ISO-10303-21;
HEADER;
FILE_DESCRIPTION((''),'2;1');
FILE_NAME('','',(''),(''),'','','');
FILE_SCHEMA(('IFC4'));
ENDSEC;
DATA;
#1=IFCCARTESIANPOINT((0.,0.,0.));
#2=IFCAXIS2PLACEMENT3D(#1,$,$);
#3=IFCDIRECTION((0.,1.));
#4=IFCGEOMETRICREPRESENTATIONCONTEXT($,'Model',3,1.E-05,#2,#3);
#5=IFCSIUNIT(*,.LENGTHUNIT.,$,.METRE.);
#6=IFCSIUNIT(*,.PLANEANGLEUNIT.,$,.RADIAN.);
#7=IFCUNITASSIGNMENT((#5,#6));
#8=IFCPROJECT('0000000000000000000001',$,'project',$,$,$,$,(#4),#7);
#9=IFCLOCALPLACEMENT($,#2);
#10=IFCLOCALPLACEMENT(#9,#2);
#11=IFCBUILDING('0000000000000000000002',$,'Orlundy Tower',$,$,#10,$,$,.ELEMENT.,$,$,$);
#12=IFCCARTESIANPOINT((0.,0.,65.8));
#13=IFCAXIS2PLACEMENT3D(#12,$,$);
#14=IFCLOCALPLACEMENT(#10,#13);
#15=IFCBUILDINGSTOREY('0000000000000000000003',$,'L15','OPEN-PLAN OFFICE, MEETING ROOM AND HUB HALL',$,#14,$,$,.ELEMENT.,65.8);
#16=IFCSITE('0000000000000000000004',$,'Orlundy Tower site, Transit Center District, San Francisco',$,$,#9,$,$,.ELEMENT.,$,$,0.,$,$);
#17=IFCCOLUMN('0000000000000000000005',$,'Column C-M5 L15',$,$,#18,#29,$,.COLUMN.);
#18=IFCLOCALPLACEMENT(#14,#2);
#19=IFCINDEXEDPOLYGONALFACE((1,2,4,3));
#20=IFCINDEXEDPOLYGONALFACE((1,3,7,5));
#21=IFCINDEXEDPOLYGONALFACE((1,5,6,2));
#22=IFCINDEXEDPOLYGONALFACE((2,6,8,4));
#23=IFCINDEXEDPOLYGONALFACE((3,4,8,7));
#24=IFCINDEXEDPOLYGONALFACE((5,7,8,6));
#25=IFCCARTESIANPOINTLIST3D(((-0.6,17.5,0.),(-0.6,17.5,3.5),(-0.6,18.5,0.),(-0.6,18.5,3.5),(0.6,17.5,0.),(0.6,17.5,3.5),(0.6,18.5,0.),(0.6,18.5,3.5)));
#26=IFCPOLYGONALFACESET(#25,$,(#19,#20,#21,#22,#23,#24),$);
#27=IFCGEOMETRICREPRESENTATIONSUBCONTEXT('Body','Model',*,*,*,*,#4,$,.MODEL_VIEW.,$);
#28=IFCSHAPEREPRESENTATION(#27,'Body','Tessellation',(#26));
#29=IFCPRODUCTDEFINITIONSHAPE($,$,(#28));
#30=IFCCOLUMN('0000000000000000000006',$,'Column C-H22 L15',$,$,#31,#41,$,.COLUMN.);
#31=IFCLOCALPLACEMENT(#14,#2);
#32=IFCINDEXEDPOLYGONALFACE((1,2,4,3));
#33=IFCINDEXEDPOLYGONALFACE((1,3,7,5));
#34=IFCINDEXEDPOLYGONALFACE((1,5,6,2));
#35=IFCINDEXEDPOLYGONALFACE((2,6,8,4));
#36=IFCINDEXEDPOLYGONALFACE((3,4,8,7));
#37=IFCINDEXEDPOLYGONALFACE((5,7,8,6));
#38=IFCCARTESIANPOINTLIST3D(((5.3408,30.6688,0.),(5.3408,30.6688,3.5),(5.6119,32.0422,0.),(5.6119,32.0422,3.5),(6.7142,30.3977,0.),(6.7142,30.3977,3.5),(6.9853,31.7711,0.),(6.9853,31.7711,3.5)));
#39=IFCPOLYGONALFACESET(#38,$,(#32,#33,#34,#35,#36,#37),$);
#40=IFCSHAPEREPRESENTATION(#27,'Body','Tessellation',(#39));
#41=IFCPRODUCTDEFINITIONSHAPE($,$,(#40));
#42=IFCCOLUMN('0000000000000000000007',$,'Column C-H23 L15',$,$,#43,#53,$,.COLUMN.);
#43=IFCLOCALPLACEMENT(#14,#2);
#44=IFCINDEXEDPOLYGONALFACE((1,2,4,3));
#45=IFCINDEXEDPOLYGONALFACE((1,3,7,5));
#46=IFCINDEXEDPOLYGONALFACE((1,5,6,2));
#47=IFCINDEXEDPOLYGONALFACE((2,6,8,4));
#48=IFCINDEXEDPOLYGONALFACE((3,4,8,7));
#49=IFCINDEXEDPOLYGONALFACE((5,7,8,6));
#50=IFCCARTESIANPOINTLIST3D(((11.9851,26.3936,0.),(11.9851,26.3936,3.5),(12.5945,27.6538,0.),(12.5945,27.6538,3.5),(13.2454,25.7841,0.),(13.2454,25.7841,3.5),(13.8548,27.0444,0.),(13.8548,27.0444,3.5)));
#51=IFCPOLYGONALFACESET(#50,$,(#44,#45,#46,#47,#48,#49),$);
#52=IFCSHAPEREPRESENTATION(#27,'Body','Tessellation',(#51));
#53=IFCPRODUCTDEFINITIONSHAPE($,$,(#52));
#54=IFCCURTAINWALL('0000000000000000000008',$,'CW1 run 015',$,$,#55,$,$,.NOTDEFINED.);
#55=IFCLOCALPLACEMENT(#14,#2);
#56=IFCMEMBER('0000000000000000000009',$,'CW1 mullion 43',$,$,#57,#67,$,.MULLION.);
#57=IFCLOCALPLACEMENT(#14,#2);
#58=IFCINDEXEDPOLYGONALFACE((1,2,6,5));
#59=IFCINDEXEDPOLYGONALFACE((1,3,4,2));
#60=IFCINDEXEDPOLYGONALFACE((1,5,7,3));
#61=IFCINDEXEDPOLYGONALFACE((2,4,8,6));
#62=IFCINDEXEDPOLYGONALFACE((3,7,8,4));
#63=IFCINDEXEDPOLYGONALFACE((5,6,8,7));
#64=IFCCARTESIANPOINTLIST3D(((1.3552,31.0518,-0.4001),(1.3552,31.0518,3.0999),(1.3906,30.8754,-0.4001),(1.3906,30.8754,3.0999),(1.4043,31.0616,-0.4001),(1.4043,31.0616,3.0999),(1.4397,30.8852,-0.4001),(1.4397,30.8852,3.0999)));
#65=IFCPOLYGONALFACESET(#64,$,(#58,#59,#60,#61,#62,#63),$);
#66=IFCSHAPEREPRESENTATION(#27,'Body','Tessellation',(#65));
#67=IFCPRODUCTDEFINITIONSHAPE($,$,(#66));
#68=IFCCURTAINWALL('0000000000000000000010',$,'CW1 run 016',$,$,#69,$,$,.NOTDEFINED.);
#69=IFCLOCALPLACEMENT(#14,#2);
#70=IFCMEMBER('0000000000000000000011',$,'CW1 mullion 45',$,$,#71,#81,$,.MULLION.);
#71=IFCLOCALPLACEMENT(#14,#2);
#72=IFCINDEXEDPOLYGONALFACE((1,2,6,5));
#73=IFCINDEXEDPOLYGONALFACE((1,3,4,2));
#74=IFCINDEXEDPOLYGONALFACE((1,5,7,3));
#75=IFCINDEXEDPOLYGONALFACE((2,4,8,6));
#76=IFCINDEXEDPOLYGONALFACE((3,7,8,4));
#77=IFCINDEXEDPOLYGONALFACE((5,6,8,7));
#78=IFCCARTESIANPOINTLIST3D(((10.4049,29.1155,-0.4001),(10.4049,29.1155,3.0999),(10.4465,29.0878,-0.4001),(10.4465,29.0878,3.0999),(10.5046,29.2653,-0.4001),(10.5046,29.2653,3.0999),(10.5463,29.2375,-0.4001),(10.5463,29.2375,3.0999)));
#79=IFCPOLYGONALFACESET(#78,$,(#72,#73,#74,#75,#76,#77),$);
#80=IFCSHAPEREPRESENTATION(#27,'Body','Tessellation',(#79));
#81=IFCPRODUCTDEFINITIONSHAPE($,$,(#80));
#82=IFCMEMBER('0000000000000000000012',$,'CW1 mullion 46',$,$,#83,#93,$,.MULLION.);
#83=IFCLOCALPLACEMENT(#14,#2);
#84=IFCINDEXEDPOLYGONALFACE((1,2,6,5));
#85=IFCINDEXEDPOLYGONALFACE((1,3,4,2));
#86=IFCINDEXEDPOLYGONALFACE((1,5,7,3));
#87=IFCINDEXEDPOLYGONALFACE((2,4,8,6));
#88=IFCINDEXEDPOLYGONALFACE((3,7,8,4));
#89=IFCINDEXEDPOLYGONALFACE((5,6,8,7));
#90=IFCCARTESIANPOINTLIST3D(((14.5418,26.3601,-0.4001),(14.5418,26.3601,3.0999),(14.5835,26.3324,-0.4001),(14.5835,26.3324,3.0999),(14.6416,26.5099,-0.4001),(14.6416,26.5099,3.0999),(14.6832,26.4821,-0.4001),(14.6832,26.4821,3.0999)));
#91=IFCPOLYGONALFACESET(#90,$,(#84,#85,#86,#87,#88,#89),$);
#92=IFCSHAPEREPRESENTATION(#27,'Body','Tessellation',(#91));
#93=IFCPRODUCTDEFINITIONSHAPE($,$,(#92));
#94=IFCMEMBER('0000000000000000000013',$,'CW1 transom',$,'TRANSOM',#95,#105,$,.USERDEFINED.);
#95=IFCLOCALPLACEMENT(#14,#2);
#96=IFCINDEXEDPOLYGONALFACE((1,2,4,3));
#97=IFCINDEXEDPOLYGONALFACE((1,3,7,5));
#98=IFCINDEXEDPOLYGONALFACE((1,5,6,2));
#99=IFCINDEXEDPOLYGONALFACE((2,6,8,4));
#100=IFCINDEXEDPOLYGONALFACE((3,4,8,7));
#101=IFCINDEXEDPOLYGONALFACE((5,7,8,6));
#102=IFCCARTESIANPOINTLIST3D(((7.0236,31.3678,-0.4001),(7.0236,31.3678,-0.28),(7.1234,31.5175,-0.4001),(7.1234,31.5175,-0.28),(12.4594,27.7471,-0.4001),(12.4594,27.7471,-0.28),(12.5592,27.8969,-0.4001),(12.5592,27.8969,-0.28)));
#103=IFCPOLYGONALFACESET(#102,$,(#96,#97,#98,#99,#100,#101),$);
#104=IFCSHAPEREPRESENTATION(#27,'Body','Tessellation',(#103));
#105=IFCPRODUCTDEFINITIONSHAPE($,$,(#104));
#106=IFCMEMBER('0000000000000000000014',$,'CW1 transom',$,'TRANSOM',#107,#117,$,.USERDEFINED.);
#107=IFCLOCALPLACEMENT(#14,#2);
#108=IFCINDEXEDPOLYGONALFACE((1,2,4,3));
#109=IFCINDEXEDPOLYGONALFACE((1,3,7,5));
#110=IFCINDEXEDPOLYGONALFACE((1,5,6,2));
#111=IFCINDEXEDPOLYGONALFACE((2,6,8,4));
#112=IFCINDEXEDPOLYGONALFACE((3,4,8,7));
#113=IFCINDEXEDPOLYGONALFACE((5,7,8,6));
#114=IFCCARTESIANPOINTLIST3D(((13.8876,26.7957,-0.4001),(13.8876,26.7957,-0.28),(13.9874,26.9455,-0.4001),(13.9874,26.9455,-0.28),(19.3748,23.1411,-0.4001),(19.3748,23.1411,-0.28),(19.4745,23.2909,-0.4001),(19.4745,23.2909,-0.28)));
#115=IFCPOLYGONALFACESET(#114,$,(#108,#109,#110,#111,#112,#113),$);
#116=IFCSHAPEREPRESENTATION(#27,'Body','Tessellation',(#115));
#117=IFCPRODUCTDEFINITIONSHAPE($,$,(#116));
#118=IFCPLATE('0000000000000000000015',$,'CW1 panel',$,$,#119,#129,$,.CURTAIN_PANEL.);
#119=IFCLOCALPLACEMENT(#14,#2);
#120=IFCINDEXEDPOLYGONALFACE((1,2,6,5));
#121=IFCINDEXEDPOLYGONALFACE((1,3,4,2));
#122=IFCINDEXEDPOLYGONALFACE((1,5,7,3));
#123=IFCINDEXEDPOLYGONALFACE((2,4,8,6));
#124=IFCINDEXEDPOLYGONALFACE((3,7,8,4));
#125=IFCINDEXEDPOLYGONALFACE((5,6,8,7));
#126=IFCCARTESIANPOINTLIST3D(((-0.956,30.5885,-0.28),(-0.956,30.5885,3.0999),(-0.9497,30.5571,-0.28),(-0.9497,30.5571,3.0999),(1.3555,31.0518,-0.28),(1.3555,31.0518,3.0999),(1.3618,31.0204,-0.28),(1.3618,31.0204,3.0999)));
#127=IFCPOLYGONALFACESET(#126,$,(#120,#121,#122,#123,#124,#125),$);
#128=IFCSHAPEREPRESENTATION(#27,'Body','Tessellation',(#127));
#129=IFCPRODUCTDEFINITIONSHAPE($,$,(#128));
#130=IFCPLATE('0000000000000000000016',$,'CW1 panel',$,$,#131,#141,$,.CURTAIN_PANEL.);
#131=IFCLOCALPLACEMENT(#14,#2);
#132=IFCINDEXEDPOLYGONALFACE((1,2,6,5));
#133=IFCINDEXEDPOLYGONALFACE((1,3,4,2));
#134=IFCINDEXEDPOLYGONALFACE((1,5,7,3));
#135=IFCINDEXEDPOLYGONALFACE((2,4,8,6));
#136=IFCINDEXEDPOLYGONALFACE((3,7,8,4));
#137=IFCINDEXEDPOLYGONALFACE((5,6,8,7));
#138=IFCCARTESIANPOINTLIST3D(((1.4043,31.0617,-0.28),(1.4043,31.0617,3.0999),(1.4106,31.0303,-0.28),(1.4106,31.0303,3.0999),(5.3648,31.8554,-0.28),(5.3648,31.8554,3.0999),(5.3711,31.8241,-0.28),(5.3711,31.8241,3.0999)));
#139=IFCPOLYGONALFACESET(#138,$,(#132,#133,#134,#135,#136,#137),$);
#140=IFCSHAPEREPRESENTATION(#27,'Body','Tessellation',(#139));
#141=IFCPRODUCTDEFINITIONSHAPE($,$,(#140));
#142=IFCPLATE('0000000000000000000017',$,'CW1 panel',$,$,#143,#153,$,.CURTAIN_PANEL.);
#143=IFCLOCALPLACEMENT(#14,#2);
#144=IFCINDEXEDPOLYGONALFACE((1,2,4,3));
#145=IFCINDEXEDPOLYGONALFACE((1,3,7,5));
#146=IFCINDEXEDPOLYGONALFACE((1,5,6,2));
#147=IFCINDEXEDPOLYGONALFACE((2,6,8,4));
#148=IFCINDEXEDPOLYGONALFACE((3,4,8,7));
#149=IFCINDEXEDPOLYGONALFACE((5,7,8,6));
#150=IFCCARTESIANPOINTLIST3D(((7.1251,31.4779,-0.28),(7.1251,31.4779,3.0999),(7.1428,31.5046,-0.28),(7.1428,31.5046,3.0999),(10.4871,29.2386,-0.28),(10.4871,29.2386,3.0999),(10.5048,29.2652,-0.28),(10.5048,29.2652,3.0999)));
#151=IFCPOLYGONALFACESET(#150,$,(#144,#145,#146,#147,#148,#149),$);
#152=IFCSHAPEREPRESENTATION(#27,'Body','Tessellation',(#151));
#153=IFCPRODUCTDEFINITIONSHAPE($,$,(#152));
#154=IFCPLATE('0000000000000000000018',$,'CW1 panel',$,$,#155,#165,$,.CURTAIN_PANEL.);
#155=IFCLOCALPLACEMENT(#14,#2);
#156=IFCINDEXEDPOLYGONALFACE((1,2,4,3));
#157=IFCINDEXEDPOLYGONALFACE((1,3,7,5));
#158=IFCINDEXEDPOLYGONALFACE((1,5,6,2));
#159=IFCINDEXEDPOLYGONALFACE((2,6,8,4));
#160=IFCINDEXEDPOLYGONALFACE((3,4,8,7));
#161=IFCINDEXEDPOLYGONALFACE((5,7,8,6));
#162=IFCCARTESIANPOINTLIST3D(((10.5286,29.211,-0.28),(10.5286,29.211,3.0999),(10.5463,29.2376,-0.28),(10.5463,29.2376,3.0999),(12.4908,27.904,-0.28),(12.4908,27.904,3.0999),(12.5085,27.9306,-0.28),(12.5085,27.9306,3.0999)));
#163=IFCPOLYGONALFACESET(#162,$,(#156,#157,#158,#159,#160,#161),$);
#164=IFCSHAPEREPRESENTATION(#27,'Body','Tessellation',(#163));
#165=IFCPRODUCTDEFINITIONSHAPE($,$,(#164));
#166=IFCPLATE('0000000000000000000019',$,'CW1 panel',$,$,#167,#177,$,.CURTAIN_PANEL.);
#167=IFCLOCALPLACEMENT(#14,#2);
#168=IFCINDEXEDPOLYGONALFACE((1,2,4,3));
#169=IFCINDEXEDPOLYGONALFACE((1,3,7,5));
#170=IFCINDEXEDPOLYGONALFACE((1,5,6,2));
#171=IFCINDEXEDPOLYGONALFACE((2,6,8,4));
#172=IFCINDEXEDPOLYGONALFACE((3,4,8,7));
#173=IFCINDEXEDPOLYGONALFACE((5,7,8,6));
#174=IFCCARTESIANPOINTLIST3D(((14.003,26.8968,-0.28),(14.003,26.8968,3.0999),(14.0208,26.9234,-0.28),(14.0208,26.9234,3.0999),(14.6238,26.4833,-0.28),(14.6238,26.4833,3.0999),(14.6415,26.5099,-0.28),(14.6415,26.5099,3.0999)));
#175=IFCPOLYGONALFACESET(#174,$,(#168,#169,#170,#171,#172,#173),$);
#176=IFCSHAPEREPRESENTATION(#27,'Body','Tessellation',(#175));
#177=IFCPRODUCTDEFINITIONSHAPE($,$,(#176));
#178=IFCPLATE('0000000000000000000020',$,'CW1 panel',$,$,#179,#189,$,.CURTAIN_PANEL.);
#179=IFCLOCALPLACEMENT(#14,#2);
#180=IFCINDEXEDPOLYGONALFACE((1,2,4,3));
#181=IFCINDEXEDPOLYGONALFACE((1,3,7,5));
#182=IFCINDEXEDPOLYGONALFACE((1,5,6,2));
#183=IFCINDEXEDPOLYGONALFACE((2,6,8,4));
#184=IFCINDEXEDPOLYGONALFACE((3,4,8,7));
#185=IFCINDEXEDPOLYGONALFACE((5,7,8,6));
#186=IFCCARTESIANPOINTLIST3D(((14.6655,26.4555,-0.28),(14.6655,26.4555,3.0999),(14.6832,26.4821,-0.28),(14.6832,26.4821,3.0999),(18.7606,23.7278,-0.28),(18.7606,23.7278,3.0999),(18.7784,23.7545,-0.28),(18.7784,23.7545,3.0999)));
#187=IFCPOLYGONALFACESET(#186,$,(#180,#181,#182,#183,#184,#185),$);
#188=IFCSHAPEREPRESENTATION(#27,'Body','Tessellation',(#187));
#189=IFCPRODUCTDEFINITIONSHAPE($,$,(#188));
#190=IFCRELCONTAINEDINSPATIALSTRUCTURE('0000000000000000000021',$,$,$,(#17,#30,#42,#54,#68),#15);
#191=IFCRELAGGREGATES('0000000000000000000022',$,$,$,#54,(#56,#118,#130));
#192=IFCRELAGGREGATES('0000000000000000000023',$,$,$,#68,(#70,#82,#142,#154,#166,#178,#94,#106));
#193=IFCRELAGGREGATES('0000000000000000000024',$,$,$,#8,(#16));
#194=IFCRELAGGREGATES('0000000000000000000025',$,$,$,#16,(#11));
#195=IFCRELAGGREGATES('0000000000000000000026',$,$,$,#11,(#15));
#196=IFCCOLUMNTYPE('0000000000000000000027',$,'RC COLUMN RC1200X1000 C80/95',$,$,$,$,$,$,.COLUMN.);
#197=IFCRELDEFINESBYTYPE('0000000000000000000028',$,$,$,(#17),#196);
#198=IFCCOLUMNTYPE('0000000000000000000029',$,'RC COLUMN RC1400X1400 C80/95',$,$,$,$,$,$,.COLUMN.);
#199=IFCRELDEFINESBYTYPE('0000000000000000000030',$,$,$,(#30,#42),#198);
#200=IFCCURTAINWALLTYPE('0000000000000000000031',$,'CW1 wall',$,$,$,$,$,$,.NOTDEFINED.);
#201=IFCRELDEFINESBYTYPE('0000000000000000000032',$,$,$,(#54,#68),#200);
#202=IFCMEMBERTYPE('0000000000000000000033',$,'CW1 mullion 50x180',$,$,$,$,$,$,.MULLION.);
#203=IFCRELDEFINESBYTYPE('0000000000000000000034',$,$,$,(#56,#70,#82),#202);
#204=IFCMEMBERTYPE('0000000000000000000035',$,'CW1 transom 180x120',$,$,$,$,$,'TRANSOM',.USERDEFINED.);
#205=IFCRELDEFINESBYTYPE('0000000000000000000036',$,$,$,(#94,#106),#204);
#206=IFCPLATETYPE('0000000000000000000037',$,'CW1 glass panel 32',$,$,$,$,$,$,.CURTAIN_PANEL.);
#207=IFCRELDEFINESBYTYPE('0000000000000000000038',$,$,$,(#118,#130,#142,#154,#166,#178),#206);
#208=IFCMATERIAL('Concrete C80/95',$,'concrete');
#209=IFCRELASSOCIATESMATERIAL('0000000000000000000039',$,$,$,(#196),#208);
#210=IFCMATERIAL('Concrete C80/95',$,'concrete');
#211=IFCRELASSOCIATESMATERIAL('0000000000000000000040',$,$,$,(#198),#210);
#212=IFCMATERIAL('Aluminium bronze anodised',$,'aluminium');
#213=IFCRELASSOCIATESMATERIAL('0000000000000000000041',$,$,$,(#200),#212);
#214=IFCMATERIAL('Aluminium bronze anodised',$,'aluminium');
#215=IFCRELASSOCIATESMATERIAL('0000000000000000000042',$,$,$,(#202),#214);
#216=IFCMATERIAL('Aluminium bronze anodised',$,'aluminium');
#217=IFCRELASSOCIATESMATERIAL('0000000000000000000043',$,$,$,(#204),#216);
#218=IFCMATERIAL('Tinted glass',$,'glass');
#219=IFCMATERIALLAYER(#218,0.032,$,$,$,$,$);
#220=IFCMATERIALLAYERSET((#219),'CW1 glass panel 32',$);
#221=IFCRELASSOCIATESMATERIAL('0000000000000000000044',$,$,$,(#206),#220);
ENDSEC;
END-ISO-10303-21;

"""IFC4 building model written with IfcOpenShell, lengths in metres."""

from ifc_helpers import new_model, si_unit, direction, frame, origin, origin_2d, place, context, subcontext, project, spatial, rectangle, extrude, material, layer, layer_set, material_profile, profile_set, type_object, element, aggregate, save


model = new_model("IFC4")

# Units and contexts
model_context = context("Model", 3, precision=1e-05, world=origin(), true_north=direction((0.0, 1.0)))
body_context = subcontext(model_context, "Body", "Model", "MODEL_VIEW")
ifc_project = project(units=[si_unit("LENGTHUNIT", "METRE"), si_unit("PLANEANGLEUNIT", "RADIAN")], contexts=[model_context])

# Site, building, storey
site_placement = place(None, origin())
site = spatial("IfcSite", under=ifc_project, at=site_placement, Name="Orlundy Tower site, Transit Center District, San Francisco", CompositionType="ELEMENT", RefElevation=0.0)
building_placement = place(site_placement, origin())
building = spatial("IfcBuilding", under=site, at=building_placement, Name="Orlundy Tower", CompositionType="ELEMENT")
storey_placement = place(building_placement, frame((0.0, 0.0, 65.8)))
storey = spatial("IfcBuildingStorey", under=building, at=storey_placement, Name="L15", Description="OPEN-PLAN OFFICE, MEETING ROOM AND HUB HALL", CompositionType="ELEMENT", Elevation=65.8)

# Columns
ifc_material_1 = material(Name="Concrete C80/95", Category="concrete")
ifc_material_profile_1 = material_profile(ifc_material_1, rectangle(XDim=1.2, YDim=1.0, at=origin_2d()), Name="RC1200X1000")
ifc_profile_set_1 = profile_set([ifc_material_profile_1], Name="Concrete C80/95")
column_type_1 = type_object("IfcColumnType", Name="RC COLUMN RC1200X1000 C80/95", PredefinedType="COLUMN", material=ifc_profile_set_1)
column_placement = place(storey_placement, frame((0.0, 18.0, 0.0), z_axis=(0.0, 0.0, 1.0), x_axis=(1.0, 0.0, 0.0)))
element("IfcColumn", 1, at=column_placement, inside=storey, type_object=column_type_1, Name="Column C-M5 L15", PredefinedType="COLUMN", context=body_context, shape_type="SweptSolid", body=[
    extrude(rectangle(XDim=1.2, YDim=1.0, at=origin_2d()), origin(), (0.0, 0.0, 1.0), 3.5),
])
ifc_material_2 = material(Name="Concrete C80/95", Category="concrete")
ifc_material_profile_2 = material_profile(ifc_material_2, rectangle(XDim=1.3999, YDim=1.3999, at=origin_2d()), Name="RC1400X1400")
ifc_profile_set_2 = profile_set([ifc_material_profile_2], Name="Concrete C80/95")
column_type_2 = type_object("IfcColumnType", Name="RC COLUMN RC1400X1400 C80/95", PredefinedType="COLUMN", material=ifc_profile_set_2)
for number, where, z_axis, x_axis, name in (
    (2, (6.1631, 31.22, 0.0), (0.0, 0.0, 1.0), (0.193669, 0.981067, 0.0), "Column C-H22 L15"),
    (3, (12.9199, 26.719, 0.0), (0.0, 0.0, 1.0), (0.435325, 0.900273, 0.0), "Column C-H23 L15"),
):
    element("IfcColumn", number, at=place(storey_placement, frame(where, z_axis=z_axis, x_axis=x_axis)), inside=storey, type_object=column_type_2, Name=name, PredefinedType="COLUMN", context=body_context, shape_type="SweptSolid", body=[
        extrude(rectangle(XDim=1.3999, YDim=1.3999, at=origin_2d()), origin(), (0.0, 0.0, 1.0), 3.5),
    ])

# Curtain wall, member
ifc_material_3 = material(Name="Aluminium bronze anodised", Category="aluminium")
curtain_wall_type = type_object("IfcCurtainWallType", Name="CW1 wall", PredefinedType="NOTDEFINED", material=ifc_material_3)
curtain_wall_1_placement = place(storey_placement, origin())
curtain_wall_1 = element("IfcCurtainWall", 4, at=curtain_wall_1_placement, inside=storey, type_object=curtain_wall_type, Name="CW1 run 015", PredefinedType="NOTDEFINED")
ifc_material_4 = material(Name="Aluminium bronze anodised", Category="aluminium")
ifc_material_profile_3 = material_profile(ifc_material_4, rectangle(XDim=0.1799, YDim=0.05, at=origin_2d()), Name="CW1 mullion 50x180")
ifc_profile_set_3 = profile_set([ifc_material_profile_3], Name="Aluminium bronze anodised")
member_type_1 = type_object("IfcMemberType", Name="CW1 mullion 50x180", PredefinedType="MULLION", material=ifc_profile_set_3)
member_1_placement = place(storey_placement, frame((1.3975, 30.9685, -0.4001), z_axis=(0.0, 0.0, 1.0), x_axis=(-0.196511, 0.980502, 0.0)))
member_1 = element("IfcMember", 5, at=member_1_placement, type_object=member_type_1, Name="CW1 mullion 43", PredefinedType="MULLION", context=body_context, shape_type="SweptSolid", body=[
    extrude(rectangle(XDim=0.1799, YDim=0.05, at=origin_2d()), origin(), (0.0, 0.0, 1.0), 3.5),
])

# Curtain wall, members
curtain_wall_2_placement = place(storey_placement, origin())
curtain_wall_2 = element("IfcCurtainWall", 6, at=curtain_wall_2_placement, inside=storey, type_object=curtain_wall_type, Name="CW1 run 016", PredefinedType="NOTDEFINED")
member_2_placement = place(storey_placement, frame((10.4756, 29.1765, -0.4001), z_axis=(0.0, 0.0, 1.0), x_axis=(0.554357, 0.832279, 0.0)))
member_2 = element("IfcMember", 7, at=member_2_placement, type_object=member_type_1, Name="CW1 mullion 45", PredefinedType="MULLION", context=body_context, shape_type="SweptSolid", body=[
    extrude(rectangle(XDim=0.1799, YDim=0.05, at=origin_2d()), origin(), (0.0, 0.0, 1.0), 3.5),
])
member_3_placement = place(storey_placement, frame((14.6125, 26.4211, -0.4001), z_axis=(0.0, 0.0, 1.0), x_axis=(0.554357, 0.832279, 0.0)))
member_3 = element("IfcMember", 8, at=member_3_placement, type_object=member_type_1, Name="CW1 mullion 46", PredefinedType="MULLION", context=body_context, shape_type="SweptSolid", body=[
    extrude(rectangle(XDim=0.1799, YDim=0.05, at=origin_2d()), origin(), (0.0, 0.0, 1.0), 3.5),
])
ifc_material_5 = material(Name="Aluminium bronze anodised", Category="aluminium")
ifc_material_profile_4 = material_profile(ifc_material_5, rectangle(XDim=0.1799, YDim=0.1201, at=origin_2d()), Name="CW1 transom 180x120")
ifc_profile_set_4 = profile_set([ifc_material_profile_4], Name="Aluminium bronze anodised")
member_type_2 = type_object("IfcMemberType", Name="CW1 transom 180x120", ElementType="TRANSOM", PredefinedType="USERDEFINED", material=ifc_profile_set_4)
member_4_placement = place(storey_placement, frame((7.0735, 31.4426, -0.3401), z_axis=(0.83228, -0.554355, 0.0), x_axis=(0.554355, 0.83228, 0.0)))
member_4 = element("IfcMember", 9, at=member_4_placement, type_object=member_type_2, Name="CW1 transom", ObjectType="TRANSOM", PredefinedType="USERDEFINED", context=body_context, shape_type="SweptSolid", body=[
    extrude(rectangle(XDim=0.1799, YDim=0.1201, at=origin_2d()), origin(), (0.0, 0.0, 1.0), 6.5312),
])
member_5_placement = place(storey_placement, frame((13.9375, 26.8706, -0.3401), z_axis=(0.832295, -0.554333, 0.0), x_axis=(0.554333, 0.832295, 0.0)))
member_5 = element("IfcMember", 10, at=member_5_placement, type_object=member_type_2, Name="CW1 transom", ObjectType="TRANSOM", PredefinedType="USERDEFINED", context=body_context, shape_type="SweptSolid", body=[
    extrude(rectangle(XDim=0.1799, YDim=0.1201, at=origin_2d()), origin(), (0.0, 0.0, 1.0), 6.5928),
])

# Plates
ifc_material_6 = material(Name="Tinted glass", Category="glass")
ifc_layer = layer(ifc_material_6, 0.032)
ifc_layer_set = layer_set([ifc_layer], Name="CW1 glass panel 32")
plate_type = type_object("IfcPlateType", Name="CW1 glass panel 32", PredefinedType="CURTAIN_PANEL", material=ifc_layer_set)
plate_1_placement = place(storey_placement, frame((0.2029, 30.8044, -0.28), z_axis=(0.0, 0.0, 1.0), x_axis=(0.980502, 0.196511, 0.0)))
plate_1 = element("IfcPlate", 11, at=plate_1_placement, type_object=plate_type, Name="CW1 panel", PredefinedType="CURTAIN_PANEL", context=body_context, shape_type="SweptSolid", body=[
    extrude(rectangle(XDim=2.3574, YDim=0.032, at=origin_2d()), origin(), (0.0, 0.0, 1.0), 3.3799),
])
plate_2_placement = place(storey_placement, frame((3.3877, 31.4429, -0.28), z_axis=(0.0, 0.0, 1.0), x_axis=(0.980502, 0.196511, 0.0)))
plate_2 = element("IfcPlate", 12, at=plate_2_placement, type_object=plate_type, Name="CW1 panel", PredefinedType="CURTAIN_PANEL", context=body_context, shape_type="SweptSolid", body=[
    extrude(rectangle(XDim=4.0393, YDim=0.032, at=origin_2d()), origin(), (0.0, 0.0, 1.0), 3.3799),
])
aggregate(curtain_wall_1, [member_1, plate_1, plate_2])
plate_3_placement = place(storey_placement, frame((8.8149, 30.3716, -0.28), z_axis=(0.0, 0.0, 1.0), x_axis=(0.832279, -0.554357, 0.0)))
plate_3 = element("IfcPlate", 13, at=plate_3_placement, type_object=plate_type, Name="CW1 panel", PredefinedType="CURTAIN_PANEL", context=body_context, shape_type="SweptSolid", body=[
    extrude(rectangle(XDim=4.0396, YDim=0.032, at=origin_2d()), origin(), (0.0, 0.0, 1.0), 3.3799),
])
plate_4_placement = place(storey_placement, frame((11.5186, 28.5708, -0.28), z_axis=(0.0, 0.0, 1.0), x_axis=(0.832279, -0.554357, 0.0)))
plate_4 = element("IfcPlate", 14, at=plate_4_placement, type_object=plate_type, Name="CW1 panel", PredefinedType="CURTAIN_PANEL", context=body_context, shape_type="SweptSolid", body=[
    extrude(rectangle(XDim=2.3577, YDim=0.032, at=origin_2d()), origin(), (0.0, 0.0, 1.0), 3.3799),
])
plate_5_placement = place(storey_placement, frame((14.3223, 26.7034, -0.28), z_axis=(0.0, 0.0, 1.0), x_axis=(0.832279, -0.554357, 0.0)))
plate_5 = element("IfcPlate", 15, at=plate_5_placement, type_object=plate_type, Name="CW1 panel", PredefinedType="CURTAIN_PANEL", context=body_context, shape_type="SweptSolid", body=[
    extrude(rectangle(XDim=0.7458, YDim=0.032, at=origin_2d()), origin(), (0.0, 0.0, 1.0), 3.3799),
])
plate_6_placement = place(storey_placement, frame((16.7219, 25.105, -0.28), z_axis=(0.0, 0.0, 1.0), x_axis=(0.832279, -0.554357, 0.0)))
plate_6 = element("IfcPlate", 16, at=plate_6_placement, type_object=plate_type, Name="CW1 panel", PredefinedType="CURTAIN_PANEL", context=body_context, shape_type="SweptSolid", body=[
    extrude(rectangle(XDim=4.9204, YDim=0.032, at=origin_2d()), origin(), (0.0, 0.0, 1.0), 3.3799),
])
aggregate(curtain_wall_2, [member_2, member_3, plate_3, plate_4, plate_5, plate_6, member_4, member_5])

save(model, "model.ifc")
